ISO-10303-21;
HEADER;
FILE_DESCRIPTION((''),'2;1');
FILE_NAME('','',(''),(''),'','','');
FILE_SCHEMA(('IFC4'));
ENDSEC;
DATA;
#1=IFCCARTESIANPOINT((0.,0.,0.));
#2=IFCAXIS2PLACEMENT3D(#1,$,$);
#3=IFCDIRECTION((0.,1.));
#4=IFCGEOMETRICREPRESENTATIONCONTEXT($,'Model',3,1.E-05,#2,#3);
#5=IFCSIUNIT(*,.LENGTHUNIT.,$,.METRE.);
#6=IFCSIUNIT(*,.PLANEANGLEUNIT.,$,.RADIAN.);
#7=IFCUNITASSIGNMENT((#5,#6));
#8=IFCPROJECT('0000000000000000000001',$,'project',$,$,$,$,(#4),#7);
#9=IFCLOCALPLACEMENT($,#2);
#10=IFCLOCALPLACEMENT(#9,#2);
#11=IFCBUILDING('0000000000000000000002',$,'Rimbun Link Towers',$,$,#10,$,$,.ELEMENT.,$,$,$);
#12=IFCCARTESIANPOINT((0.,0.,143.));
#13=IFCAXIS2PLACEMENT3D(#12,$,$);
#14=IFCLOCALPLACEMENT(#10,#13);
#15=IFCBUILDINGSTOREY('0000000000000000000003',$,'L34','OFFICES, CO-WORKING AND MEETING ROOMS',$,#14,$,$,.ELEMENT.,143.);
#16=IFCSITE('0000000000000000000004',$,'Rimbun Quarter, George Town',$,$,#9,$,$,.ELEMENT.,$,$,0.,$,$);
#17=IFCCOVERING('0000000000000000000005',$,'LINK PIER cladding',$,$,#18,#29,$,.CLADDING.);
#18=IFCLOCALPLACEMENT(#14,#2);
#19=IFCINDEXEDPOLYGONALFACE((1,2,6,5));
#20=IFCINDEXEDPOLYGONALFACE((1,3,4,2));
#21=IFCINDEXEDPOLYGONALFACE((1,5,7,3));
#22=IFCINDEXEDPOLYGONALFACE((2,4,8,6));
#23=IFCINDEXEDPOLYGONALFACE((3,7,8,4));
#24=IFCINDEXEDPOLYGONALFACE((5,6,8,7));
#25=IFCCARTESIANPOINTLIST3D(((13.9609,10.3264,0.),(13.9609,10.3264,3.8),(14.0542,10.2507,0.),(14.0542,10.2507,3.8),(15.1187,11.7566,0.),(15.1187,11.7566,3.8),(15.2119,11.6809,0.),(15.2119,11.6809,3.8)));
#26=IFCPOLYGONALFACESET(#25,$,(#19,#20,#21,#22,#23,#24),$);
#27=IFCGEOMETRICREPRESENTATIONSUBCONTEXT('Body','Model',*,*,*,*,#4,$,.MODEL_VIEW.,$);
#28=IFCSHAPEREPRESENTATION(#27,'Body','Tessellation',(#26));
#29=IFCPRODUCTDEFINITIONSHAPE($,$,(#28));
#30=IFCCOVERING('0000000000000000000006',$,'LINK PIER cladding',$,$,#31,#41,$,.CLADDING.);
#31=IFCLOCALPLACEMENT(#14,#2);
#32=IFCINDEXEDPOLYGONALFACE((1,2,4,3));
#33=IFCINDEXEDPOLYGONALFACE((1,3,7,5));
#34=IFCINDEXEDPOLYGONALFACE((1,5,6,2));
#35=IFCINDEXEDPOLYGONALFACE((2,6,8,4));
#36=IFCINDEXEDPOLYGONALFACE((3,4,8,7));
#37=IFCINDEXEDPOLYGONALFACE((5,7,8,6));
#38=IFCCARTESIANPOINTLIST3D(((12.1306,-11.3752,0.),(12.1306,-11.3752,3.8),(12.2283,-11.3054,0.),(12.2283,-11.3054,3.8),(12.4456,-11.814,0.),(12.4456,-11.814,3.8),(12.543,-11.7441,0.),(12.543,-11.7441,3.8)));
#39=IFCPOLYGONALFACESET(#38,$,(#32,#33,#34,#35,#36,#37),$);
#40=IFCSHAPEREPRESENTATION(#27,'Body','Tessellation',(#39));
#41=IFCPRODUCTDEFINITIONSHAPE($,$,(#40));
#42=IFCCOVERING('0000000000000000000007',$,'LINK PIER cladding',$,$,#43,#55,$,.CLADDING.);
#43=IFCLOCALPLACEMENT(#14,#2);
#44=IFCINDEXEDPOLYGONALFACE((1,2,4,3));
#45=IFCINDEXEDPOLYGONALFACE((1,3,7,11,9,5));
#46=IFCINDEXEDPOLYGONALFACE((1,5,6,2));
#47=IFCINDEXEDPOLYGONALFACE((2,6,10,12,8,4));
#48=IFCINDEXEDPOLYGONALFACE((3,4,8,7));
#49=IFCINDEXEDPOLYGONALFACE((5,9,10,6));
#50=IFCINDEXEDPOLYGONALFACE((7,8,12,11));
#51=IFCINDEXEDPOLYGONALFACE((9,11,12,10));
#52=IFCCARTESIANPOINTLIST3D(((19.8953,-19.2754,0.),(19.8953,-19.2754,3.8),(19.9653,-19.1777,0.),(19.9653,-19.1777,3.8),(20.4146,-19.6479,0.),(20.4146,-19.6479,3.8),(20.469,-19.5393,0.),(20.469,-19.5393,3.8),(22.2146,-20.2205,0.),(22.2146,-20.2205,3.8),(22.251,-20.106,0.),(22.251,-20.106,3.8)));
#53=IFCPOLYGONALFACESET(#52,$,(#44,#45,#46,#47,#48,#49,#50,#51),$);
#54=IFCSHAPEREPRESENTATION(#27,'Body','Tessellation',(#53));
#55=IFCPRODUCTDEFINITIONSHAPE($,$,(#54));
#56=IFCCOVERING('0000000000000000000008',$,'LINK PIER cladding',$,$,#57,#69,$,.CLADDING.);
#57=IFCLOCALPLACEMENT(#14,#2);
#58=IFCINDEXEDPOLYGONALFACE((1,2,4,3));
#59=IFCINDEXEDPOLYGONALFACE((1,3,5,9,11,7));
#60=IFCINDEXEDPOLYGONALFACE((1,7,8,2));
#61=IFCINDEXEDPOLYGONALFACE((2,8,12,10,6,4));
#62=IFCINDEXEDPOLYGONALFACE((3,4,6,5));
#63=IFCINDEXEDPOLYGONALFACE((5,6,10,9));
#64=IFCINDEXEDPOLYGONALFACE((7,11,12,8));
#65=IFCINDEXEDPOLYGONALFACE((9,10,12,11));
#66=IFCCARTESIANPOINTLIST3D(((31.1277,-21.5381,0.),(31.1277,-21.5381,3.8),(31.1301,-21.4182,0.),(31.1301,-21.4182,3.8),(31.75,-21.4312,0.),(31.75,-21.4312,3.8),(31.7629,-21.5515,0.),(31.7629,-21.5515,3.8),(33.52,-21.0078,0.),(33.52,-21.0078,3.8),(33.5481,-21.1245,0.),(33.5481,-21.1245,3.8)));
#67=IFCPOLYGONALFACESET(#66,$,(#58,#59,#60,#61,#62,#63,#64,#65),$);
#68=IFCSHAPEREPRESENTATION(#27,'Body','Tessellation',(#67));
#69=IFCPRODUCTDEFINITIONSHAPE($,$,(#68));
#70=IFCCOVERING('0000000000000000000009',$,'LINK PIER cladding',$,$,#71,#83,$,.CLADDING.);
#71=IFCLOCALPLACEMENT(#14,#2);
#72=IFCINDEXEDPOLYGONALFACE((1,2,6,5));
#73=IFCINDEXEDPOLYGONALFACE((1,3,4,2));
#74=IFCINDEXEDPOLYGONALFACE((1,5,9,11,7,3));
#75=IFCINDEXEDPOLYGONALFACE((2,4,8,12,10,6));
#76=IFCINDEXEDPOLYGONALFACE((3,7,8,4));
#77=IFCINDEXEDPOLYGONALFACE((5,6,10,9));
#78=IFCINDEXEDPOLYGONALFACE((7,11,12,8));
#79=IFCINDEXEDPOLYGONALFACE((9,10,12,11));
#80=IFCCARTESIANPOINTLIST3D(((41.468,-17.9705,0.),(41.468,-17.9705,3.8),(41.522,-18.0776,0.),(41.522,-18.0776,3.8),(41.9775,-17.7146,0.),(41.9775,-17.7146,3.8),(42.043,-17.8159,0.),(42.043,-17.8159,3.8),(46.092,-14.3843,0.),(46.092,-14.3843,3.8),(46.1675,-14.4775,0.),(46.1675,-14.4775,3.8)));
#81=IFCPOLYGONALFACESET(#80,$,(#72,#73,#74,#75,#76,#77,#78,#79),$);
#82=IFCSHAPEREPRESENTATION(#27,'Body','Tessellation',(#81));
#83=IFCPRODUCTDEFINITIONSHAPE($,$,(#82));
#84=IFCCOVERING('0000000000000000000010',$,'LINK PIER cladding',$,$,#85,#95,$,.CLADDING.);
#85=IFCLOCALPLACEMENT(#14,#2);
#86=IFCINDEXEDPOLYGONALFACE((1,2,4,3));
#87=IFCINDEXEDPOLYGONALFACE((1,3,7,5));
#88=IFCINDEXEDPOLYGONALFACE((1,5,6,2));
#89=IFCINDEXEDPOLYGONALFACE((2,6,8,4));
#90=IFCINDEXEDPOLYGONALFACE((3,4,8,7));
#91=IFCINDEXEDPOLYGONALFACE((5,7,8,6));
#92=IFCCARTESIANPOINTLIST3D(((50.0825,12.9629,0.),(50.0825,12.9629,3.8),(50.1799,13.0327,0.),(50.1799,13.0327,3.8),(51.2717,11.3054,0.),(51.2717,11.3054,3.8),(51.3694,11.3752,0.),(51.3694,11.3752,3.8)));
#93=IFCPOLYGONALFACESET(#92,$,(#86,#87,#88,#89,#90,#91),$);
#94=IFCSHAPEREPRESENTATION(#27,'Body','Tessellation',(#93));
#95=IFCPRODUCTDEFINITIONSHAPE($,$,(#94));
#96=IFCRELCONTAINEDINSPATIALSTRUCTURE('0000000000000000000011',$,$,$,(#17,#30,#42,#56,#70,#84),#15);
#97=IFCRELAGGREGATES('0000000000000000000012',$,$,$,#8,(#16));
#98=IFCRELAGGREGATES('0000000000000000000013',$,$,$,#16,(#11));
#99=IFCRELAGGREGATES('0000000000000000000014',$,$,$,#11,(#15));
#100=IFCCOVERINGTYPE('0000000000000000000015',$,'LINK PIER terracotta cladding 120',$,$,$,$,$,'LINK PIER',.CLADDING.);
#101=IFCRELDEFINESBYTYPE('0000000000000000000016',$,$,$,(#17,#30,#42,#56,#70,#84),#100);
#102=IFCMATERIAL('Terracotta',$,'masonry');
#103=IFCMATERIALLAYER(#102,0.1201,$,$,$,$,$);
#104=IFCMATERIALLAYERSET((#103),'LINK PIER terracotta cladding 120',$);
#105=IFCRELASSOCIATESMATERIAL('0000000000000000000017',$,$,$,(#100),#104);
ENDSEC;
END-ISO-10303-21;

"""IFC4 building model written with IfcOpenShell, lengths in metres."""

from ifc_helpers import new_model, si_unit, direction, frame, origin, place, context, subcontext, project, spatial, polyline, outline, extrude, material, layer, layer_set, type_object, element, save


model = new_model("IFC4")

# Units and contexts
model_context = context("Model", 3, precision=1e-05, world=origin(), true_north=direction((0.0, 1.0)))
body_context = subcontext(model_context, "Body", "Model", "MODEL_VIEW")
ifc_project = project(units=[si_unit("LENGTHUNIT", "METRE"), si_unit("PLANEANGLEUNIT", "RADIAN")], contexts=[model_context])

# Site, building, storey
site_placement = place(None, origin())
site = spatial("IfcSite", under=ifc_project, at=site_placement, Name="Rimbun Quarter, George Town", CompositionType="ELEMENT", RefElevation=0.0)
building_placement = place(site_placement, origin())
building = spatial("IfcBuilding", under=site, at=building_placement, Name="Rimbun Link Towers", CompositionType="ELEMENT")
storey_placement = place(building_placement, frame((0.0, 0.0, 143.0)))
storey = spatial("IfcBuildingStorey", under=building, at=storey_placement, Name="L34", Description="OFFICES, CO-WORKING AND MEETING ROOMS", CompositionType="ELEMENT", Elevation=143.0)

# Coverings
ifc_material_1 = material(Name="Terracotta", Category="masonry")
ifc_layer_1 = layer(ifc_material_1, 0.1201)
ifc_layer_set_1 = layer_set([ifc_layer_1], Name="LINK PIER terracotta cladding 120")
covering_type = type_object("IfcCoveringType", Name="LINK PIER terracotta cladding 120", ElementType="LINK PIER", PredefinedType="CLADDING", material=ifc_layer_set_1)
covering_1_placement = place(storey_placement, origin())
element("IfcCovering", 1, at=covering_1_placement, inside=storey, type_object=covering_type, Name="LINK PIER cladding", PredefinedType="CLADDING", context=body_context, shape_type="SweptSolid", body=[
    extrude(outline(polyline([(14.0542, 10.2507), (15.2119, 11.6809), (15.1187, 11.7566), (13.9609, 10.3264), (14.0542, 10.2507)])), origin(), (0.0, 0.0, 1.0), 3.8),
])
covering_2_placement = place(storey_placement, origin())
element("IfcCovering", 2, at=covering_2_placement, inside=storey, type_object=covering_type, Name="LINK PIER cladding", PredefinedType="CLADDING", context=body_context, shape_type="SweptSolid", body=[
    extrude(outline(polyline([(12.543, -11.7441), (12.2283, -11.3054), (12.1306, -11.3752), (12.4456, -11.814), (12.543, -11.7441)])), origin(), (0.0, 0.0, 1.0), 3.8),
])
covering_3_placement = place(storey_placement, origin())
element("IfcCovering", 3, at=covering_3_placement, inside=storey, type_object=covering_type, Name="LINK PIER cladding", PredefinedType="CLADDING", context=body_context, shape_type="SweptSolid", body=[
    extrude(outline(polyline([(22.251, -20.106), (20.469, -19.5393), (19.9653, -19.1777), (19.8953, -19.2754), (20.4146, -19.6479), (22.2146, -20.2205), (22.251, -20.106)])), origin(), (0.0, 0.0, 1.0), 3.8),
])
covering_4_placement = place(storey_placement, origin())
element("IfcCovering", 4, at=covering_4_placement, inside=storey, type_object=covering_type, Name="LINK PIER cladding", PredefinedType="CLADDING", context=body_context, shape_type="SweptSolid", body=[
    extrude(outline(polyline([(33.52, -21.0078), (31.75, -21.4312), (31.1301, -21.4182), (31.1277, -21.5381), (31.7629, -21.5515), (33.5481, -21.1245), (33.52, -21.0078)])), origin(), (0.0, 0.0, 1.0), 3.8),
])
covering_5_placement = place(storey_placement, origin())
element("IfcCovering", 5, at=covering_5_placement, inside=storey, type_object=covering_type, Name="LINK PIER cladding", PredefinedType="CLADDING", context=body_context, shape_type="SweptSolid", body=[
    extrude(outline(polyline([(46.092, -14.3843), (41.9775, -17.7146), (41.468, -17.9705), (41.522, -18.0776), (42.043, -17.8159), (46.1675, -14.4775), (46.092, -14.3843)])), origin(), (0.0, 0.0, 1.0), 3.8),
])
covering_6_placement = place(storey_placement, origin())
element("IfcCovering", 6, at=covering_6_placement, inside=storey, type_object=covering_type, Name="LINK PIER cladding", PredefinedType="CLADDING", context=body_context, shape_type="SweptSolid", body=[
    extrude(outline(polyline([(50.0825, 12.9629), (51.2717, 11.3054), (51.3694, 11.3752), (50.1799, 13.0327), (50.0825, 12.9629)])), origin(), (0.0, 0.0, 1.0), 3.8),
])

save(model, "model.ifc")
